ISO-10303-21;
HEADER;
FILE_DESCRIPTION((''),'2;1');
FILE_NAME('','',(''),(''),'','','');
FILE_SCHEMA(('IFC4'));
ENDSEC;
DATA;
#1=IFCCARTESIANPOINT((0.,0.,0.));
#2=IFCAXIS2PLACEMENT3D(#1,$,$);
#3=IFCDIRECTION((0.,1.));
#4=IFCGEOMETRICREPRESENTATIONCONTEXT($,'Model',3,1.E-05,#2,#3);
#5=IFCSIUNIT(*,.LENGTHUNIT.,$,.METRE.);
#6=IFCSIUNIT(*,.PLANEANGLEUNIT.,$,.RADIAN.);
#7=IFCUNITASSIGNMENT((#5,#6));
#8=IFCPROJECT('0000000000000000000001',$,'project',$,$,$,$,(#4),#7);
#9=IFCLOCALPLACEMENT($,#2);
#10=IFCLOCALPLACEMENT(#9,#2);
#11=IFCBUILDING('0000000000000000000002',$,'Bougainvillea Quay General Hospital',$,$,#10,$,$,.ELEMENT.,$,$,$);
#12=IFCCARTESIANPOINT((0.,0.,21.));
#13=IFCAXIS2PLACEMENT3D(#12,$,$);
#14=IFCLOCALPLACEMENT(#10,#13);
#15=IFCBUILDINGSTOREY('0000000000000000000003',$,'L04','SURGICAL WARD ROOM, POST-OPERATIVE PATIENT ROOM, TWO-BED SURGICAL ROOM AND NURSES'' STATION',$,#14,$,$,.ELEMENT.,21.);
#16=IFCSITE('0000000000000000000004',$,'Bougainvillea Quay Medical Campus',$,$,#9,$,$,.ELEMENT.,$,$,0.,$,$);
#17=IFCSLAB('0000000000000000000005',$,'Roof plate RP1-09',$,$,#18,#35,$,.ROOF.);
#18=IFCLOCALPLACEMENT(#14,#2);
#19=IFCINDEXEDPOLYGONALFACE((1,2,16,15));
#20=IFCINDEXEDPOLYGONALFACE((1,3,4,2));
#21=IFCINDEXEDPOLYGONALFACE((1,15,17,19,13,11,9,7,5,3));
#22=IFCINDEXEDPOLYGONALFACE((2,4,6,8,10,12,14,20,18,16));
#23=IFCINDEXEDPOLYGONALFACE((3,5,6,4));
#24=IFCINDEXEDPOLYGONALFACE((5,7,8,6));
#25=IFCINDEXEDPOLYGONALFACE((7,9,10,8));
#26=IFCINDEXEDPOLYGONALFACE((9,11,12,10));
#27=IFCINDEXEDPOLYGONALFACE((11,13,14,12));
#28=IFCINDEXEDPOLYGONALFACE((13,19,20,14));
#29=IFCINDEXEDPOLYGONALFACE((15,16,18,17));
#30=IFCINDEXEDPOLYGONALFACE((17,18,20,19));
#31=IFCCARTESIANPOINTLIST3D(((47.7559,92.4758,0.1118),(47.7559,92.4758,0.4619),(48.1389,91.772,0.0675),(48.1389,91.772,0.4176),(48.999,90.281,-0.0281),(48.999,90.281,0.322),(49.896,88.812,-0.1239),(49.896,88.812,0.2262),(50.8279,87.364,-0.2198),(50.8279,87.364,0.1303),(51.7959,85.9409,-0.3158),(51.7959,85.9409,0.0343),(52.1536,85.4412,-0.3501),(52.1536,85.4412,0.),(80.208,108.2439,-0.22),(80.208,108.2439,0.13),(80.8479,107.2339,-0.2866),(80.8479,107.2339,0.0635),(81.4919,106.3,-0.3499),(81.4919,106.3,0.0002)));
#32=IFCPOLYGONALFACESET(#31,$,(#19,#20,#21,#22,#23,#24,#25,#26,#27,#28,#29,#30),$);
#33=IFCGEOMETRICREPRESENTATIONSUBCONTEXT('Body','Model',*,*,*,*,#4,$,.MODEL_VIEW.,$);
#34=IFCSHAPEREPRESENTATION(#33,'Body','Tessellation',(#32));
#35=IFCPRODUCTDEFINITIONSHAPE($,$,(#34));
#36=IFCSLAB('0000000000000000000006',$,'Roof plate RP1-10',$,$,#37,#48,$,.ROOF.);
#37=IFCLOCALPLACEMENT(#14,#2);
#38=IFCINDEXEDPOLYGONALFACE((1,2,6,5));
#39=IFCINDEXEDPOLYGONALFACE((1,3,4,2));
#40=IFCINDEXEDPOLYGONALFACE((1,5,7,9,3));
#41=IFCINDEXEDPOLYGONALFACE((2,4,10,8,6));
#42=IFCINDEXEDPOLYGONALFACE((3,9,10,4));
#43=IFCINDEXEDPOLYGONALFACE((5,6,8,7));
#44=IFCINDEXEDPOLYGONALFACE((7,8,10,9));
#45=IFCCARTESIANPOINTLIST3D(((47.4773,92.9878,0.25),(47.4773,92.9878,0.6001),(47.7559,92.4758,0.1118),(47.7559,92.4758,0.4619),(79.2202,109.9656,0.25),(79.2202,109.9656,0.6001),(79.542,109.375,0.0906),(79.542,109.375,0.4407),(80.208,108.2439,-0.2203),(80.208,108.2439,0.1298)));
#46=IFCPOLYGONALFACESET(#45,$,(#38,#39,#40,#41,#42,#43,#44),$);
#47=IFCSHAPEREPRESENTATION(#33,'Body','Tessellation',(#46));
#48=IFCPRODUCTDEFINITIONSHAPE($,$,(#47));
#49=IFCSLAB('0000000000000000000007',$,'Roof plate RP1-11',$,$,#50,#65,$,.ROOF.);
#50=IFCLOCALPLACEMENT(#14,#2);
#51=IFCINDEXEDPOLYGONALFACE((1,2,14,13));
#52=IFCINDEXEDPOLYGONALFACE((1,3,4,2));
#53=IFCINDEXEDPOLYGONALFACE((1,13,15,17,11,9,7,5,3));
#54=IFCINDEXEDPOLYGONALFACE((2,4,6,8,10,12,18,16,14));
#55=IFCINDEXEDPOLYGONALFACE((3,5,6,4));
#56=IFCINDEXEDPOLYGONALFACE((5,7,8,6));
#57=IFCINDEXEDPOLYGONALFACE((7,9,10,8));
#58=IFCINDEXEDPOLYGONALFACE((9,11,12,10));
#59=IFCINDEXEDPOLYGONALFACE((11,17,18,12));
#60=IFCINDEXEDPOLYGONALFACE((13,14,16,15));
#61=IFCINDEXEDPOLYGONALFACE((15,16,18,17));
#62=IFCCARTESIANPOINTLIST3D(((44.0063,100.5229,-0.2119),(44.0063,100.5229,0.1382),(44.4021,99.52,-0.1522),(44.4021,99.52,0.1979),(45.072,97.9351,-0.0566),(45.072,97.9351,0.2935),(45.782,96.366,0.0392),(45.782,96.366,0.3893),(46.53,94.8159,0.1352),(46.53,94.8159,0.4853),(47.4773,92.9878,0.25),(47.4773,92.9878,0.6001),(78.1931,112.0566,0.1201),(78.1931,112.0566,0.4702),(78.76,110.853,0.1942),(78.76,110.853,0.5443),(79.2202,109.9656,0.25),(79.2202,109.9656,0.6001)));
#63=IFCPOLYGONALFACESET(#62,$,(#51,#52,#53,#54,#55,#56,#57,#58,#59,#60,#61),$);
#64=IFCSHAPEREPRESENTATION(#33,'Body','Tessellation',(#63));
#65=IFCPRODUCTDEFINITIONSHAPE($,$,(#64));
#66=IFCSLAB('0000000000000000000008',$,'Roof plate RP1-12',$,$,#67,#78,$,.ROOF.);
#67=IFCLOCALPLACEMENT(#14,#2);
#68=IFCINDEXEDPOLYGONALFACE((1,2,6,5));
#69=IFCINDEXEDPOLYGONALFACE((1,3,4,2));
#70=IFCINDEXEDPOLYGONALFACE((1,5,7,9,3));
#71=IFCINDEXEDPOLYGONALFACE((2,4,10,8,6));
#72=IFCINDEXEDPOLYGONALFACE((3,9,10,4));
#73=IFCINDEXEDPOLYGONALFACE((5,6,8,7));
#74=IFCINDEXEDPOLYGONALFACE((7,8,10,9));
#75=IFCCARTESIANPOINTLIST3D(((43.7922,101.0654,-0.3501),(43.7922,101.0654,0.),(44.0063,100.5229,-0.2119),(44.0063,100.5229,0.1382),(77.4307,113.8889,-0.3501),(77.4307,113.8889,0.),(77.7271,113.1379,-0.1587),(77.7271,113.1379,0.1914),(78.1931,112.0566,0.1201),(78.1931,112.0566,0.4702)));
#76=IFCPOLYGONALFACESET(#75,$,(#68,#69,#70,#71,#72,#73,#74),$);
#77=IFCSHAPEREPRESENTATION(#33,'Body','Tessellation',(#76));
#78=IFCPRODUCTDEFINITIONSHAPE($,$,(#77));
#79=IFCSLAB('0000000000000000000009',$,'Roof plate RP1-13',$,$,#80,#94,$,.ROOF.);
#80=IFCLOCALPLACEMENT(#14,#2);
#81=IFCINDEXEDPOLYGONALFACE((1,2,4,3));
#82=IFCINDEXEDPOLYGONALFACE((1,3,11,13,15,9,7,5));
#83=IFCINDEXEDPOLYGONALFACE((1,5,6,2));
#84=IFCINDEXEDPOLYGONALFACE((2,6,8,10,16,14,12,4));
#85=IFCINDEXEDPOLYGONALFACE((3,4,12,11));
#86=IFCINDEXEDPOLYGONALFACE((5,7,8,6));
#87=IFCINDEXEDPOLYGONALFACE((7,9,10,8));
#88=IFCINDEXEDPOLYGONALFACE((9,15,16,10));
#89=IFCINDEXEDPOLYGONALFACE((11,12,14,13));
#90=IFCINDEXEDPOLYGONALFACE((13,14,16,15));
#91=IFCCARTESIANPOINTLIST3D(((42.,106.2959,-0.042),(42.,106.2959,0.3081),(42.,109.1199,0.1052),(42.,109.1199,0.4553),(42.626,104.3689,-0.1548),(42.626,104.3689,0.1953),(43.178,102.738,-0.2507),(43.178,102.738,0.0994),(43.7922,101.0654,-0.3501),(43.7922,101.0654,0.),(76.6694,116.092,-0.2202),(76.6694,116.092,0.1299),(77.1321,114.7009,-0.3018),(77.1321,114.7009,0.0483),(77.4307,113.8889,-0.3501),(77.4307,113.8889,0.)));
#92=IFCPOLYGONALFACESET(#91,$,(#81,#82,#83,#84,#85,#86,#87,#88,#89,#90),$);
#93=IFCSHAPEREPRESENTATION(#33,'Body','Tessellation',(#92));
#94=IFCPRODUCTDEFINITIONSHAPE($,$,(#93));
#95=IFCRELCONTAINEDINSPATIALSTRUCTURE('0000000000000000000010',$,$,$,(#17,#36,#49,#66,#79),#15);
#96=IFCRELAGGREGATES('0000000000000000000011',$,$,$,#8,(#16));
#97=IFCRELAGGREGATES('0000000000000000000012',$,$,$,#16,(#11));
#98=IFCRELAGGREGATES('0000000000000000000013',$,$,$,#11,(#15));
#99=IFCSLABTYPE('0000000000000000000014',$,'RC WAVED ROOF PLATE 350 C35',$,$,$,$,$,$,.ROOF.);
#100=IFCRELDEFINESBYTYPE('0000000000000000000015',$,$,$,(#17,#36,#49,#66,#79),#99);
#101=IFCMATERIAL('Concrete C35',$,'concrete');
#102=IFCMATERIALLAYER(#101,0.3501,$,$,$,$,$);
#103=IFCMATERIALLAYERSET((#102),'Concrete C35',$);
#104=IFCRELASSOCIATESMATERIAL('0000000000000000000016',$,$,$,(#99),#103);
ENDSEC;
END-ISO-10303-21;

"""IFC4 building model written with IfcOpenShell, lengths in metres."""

from ifc_helpers import new_model, si_unit, direction, frame, origin, place, context, subcontext, project, spatial, polyline, outline, extrude, material, layer, layer_set, type_object, element, save


model = new_model("IFC4")

# Units and contexts
model_context = context("Model", 3, precision=1e-05, world=origin(), true_north=direction((0.0, 1.0)))
body_context = subcontext(model_context, "Body", "Model", "MODEL_VIEW")
ifc_project = project(units=[si_unit("LENGTHUNIT", "METRE"), si_unit("PLANEANGLEUNIT", "RADIAN")], contexts=[model_context])

# Site, building, storey
site_placement = place(None, origin())
site = spatial("IfcSite", under=ifc_project, at=site_placement, Name="Bougainvillea Quay Medical Campus", CompositionType="ELEMENT", RefElevation=0.0)
building_placement = place(site_placement, origin())
building = spatial("IfcBuilding", under=site, at=building_placement, Name="Bougainvillea Quay General Hospital", CompositionType="ELEMENT")
storey_placement = place(building_placement, frame((0.0, 0.0, 21.0)))
storey = spatial("IfcBuildingStorey", under=building, at=storey_placement, Name="L04", Description="SURGICAL WARD ROOM, POST-OPERATIVE PATIENT ROOM, TWO-BED SURGICAL ROOM AND NURSES' STATION", CompositionType="ELEMENT", Elevation=21.0)

# Slabs
ifc_material_1 = material(Name="Concrete C35", Category="concrete")
ifc_layer_1 = layer(ifc_material_1, 0.3501)
ifc_layer_set_1 = layer_set([ifc_layer_1], Name="Concrete C35")
slab_type_1 = type_object("IfcSlabType", Name="RC WAVED ROOF PLATE 350 C35", PredefinedType="ROOF", material=ifc_layer_set_1)
slab_1_placement = place(storey_placement, frame((52.1536, 85.4412, 0.0), z_axis=(0.032266, -0.045392, 0.998448), x_axis=(0.815007, 0.57945, 0.000005)))
element("IfcSlab", 1, at=slab_1_placement, inside=storey, type_object=slab_type_1, Name="Roof plate RP1-09", PredefinedType="ROOF", context=body_context, shape_type="SweptSolid", body=[
    extrude(outline(polyline([(0.0, 0.0), (35.9977, 0.0), (36.0139, 1.136), (36.0776, 2.3318), (0.4921, 8.2944), (0.3964, 7.4976), (0.2335, 5.7814), (0.1133, 4.0617), (0.0338, 2.3389), (-0.0019, 0.6155), (0.0, 0.0)])), origin(), (-0.000005, -0.055692, -0.998448), 0.3501),
])
slab_2_placement = place(storey_placement, frame((47.7559, 92.4758, 0.4619), z_axis=(0.108772, -0.203369, 0.973042), x_axis=(0.899409, 0.437011, -0.009204)))
element("IfcSlab", 2, at=slab_2_placement, inside=storey, type_object=slab_type_1, Name="Roof plate RP1-10", PredefinedType="ROOF", context=body_context, shape_type="SweptSolid", body=[
    extrude(outline(polyline([(0.0, 0.0), (36.0816, 0.0), (35.9741, 1.3446), (35.9413, 2.035), (-0.0281, 0.5983), (0.0, 0.0)])), origin(), (0.009204, -0.230446, -0.973042), 0.3501),
])
slab_3_placement = place(storey_placement, frame((47.4773, 92.9878, 0.6001), z_axis=(-0.026266, 0.049109, 0.998448), x_axis=(0.881796, 0.471631, 0.0)))
element("IfcSlab", 3, at=slab_3_placement, inside=storey, type_object=slab_type_1, Name="Roof plate RP1-11", PredefinedType="ROOF", context=body_context, shape_type="SweptSolid", body=[
    extrude(outline(polyline([(0.0, 0.0), (35.998, 0.0), (36.0108, 1.0012), (36.0785, 2.3319), (0.4931, 8.2943), (0.3691, 7.2217), (0.2123, 5.5054), (0.0983, 3.7843), (0.0269, 2.062), (0.0, 0.0)])), origin(), (0.0, 0.055692, -0.998448), 0.3501),
])
slab_4_placement = place(storey_placement, frame((44.0063, 100.5229, 0.1382), z_axis=(-0.082155, 0.215503, 0.973041), x_axis=(0.947489, 0.319657, 0.009202)))
element("IfcSlab", 4, at=slab_4_placement, inside=storey, type_object=slab_type_1, Name="Roof plate RP1-12", PredefinedType="ROOF", context=body_context, shape_type="SweptSolid", body=[
    extrude(outline(polyline([(0.0, 0.0), (36.0815, 0.0), (35.9829, 1.206), (35.9404, 2.0346), (-0.0307, 0.5986), (0.0, 0.0)])), origin(), (-0.009202, 0.230448, -0.973041), 0.3501),
])
slab_5_placement = place(storey_placement, frame((43.7922, 101.0654, 0.0), z_axis=(0.019833, -0.052026, 0.998449), x_axis=(0.934406, 0.35621, 0.0)))
element("IfcSlab", 5, at=slab_5_placement, inside=storey, type_object=slab_type_1, Name="Roof plate RP1-13", PredefinedType="ROOF", context=body_context, shape_type="SweptSolid", body=[
    extrude(outline(polyline([(0.0, 0.0), (35.9998, 0.0), (36.01, 0.8665), (36.0733, 2.3334), (1.1944, 8.1772), (0.1885, 5.5344), (0.087, 3.5077), (0.0218, 1.7845), (0.0, 0.0)])), origin(), (0.0, -0.055678, -0.998449), 0.3501),
])

save(model, "model.ifc")
